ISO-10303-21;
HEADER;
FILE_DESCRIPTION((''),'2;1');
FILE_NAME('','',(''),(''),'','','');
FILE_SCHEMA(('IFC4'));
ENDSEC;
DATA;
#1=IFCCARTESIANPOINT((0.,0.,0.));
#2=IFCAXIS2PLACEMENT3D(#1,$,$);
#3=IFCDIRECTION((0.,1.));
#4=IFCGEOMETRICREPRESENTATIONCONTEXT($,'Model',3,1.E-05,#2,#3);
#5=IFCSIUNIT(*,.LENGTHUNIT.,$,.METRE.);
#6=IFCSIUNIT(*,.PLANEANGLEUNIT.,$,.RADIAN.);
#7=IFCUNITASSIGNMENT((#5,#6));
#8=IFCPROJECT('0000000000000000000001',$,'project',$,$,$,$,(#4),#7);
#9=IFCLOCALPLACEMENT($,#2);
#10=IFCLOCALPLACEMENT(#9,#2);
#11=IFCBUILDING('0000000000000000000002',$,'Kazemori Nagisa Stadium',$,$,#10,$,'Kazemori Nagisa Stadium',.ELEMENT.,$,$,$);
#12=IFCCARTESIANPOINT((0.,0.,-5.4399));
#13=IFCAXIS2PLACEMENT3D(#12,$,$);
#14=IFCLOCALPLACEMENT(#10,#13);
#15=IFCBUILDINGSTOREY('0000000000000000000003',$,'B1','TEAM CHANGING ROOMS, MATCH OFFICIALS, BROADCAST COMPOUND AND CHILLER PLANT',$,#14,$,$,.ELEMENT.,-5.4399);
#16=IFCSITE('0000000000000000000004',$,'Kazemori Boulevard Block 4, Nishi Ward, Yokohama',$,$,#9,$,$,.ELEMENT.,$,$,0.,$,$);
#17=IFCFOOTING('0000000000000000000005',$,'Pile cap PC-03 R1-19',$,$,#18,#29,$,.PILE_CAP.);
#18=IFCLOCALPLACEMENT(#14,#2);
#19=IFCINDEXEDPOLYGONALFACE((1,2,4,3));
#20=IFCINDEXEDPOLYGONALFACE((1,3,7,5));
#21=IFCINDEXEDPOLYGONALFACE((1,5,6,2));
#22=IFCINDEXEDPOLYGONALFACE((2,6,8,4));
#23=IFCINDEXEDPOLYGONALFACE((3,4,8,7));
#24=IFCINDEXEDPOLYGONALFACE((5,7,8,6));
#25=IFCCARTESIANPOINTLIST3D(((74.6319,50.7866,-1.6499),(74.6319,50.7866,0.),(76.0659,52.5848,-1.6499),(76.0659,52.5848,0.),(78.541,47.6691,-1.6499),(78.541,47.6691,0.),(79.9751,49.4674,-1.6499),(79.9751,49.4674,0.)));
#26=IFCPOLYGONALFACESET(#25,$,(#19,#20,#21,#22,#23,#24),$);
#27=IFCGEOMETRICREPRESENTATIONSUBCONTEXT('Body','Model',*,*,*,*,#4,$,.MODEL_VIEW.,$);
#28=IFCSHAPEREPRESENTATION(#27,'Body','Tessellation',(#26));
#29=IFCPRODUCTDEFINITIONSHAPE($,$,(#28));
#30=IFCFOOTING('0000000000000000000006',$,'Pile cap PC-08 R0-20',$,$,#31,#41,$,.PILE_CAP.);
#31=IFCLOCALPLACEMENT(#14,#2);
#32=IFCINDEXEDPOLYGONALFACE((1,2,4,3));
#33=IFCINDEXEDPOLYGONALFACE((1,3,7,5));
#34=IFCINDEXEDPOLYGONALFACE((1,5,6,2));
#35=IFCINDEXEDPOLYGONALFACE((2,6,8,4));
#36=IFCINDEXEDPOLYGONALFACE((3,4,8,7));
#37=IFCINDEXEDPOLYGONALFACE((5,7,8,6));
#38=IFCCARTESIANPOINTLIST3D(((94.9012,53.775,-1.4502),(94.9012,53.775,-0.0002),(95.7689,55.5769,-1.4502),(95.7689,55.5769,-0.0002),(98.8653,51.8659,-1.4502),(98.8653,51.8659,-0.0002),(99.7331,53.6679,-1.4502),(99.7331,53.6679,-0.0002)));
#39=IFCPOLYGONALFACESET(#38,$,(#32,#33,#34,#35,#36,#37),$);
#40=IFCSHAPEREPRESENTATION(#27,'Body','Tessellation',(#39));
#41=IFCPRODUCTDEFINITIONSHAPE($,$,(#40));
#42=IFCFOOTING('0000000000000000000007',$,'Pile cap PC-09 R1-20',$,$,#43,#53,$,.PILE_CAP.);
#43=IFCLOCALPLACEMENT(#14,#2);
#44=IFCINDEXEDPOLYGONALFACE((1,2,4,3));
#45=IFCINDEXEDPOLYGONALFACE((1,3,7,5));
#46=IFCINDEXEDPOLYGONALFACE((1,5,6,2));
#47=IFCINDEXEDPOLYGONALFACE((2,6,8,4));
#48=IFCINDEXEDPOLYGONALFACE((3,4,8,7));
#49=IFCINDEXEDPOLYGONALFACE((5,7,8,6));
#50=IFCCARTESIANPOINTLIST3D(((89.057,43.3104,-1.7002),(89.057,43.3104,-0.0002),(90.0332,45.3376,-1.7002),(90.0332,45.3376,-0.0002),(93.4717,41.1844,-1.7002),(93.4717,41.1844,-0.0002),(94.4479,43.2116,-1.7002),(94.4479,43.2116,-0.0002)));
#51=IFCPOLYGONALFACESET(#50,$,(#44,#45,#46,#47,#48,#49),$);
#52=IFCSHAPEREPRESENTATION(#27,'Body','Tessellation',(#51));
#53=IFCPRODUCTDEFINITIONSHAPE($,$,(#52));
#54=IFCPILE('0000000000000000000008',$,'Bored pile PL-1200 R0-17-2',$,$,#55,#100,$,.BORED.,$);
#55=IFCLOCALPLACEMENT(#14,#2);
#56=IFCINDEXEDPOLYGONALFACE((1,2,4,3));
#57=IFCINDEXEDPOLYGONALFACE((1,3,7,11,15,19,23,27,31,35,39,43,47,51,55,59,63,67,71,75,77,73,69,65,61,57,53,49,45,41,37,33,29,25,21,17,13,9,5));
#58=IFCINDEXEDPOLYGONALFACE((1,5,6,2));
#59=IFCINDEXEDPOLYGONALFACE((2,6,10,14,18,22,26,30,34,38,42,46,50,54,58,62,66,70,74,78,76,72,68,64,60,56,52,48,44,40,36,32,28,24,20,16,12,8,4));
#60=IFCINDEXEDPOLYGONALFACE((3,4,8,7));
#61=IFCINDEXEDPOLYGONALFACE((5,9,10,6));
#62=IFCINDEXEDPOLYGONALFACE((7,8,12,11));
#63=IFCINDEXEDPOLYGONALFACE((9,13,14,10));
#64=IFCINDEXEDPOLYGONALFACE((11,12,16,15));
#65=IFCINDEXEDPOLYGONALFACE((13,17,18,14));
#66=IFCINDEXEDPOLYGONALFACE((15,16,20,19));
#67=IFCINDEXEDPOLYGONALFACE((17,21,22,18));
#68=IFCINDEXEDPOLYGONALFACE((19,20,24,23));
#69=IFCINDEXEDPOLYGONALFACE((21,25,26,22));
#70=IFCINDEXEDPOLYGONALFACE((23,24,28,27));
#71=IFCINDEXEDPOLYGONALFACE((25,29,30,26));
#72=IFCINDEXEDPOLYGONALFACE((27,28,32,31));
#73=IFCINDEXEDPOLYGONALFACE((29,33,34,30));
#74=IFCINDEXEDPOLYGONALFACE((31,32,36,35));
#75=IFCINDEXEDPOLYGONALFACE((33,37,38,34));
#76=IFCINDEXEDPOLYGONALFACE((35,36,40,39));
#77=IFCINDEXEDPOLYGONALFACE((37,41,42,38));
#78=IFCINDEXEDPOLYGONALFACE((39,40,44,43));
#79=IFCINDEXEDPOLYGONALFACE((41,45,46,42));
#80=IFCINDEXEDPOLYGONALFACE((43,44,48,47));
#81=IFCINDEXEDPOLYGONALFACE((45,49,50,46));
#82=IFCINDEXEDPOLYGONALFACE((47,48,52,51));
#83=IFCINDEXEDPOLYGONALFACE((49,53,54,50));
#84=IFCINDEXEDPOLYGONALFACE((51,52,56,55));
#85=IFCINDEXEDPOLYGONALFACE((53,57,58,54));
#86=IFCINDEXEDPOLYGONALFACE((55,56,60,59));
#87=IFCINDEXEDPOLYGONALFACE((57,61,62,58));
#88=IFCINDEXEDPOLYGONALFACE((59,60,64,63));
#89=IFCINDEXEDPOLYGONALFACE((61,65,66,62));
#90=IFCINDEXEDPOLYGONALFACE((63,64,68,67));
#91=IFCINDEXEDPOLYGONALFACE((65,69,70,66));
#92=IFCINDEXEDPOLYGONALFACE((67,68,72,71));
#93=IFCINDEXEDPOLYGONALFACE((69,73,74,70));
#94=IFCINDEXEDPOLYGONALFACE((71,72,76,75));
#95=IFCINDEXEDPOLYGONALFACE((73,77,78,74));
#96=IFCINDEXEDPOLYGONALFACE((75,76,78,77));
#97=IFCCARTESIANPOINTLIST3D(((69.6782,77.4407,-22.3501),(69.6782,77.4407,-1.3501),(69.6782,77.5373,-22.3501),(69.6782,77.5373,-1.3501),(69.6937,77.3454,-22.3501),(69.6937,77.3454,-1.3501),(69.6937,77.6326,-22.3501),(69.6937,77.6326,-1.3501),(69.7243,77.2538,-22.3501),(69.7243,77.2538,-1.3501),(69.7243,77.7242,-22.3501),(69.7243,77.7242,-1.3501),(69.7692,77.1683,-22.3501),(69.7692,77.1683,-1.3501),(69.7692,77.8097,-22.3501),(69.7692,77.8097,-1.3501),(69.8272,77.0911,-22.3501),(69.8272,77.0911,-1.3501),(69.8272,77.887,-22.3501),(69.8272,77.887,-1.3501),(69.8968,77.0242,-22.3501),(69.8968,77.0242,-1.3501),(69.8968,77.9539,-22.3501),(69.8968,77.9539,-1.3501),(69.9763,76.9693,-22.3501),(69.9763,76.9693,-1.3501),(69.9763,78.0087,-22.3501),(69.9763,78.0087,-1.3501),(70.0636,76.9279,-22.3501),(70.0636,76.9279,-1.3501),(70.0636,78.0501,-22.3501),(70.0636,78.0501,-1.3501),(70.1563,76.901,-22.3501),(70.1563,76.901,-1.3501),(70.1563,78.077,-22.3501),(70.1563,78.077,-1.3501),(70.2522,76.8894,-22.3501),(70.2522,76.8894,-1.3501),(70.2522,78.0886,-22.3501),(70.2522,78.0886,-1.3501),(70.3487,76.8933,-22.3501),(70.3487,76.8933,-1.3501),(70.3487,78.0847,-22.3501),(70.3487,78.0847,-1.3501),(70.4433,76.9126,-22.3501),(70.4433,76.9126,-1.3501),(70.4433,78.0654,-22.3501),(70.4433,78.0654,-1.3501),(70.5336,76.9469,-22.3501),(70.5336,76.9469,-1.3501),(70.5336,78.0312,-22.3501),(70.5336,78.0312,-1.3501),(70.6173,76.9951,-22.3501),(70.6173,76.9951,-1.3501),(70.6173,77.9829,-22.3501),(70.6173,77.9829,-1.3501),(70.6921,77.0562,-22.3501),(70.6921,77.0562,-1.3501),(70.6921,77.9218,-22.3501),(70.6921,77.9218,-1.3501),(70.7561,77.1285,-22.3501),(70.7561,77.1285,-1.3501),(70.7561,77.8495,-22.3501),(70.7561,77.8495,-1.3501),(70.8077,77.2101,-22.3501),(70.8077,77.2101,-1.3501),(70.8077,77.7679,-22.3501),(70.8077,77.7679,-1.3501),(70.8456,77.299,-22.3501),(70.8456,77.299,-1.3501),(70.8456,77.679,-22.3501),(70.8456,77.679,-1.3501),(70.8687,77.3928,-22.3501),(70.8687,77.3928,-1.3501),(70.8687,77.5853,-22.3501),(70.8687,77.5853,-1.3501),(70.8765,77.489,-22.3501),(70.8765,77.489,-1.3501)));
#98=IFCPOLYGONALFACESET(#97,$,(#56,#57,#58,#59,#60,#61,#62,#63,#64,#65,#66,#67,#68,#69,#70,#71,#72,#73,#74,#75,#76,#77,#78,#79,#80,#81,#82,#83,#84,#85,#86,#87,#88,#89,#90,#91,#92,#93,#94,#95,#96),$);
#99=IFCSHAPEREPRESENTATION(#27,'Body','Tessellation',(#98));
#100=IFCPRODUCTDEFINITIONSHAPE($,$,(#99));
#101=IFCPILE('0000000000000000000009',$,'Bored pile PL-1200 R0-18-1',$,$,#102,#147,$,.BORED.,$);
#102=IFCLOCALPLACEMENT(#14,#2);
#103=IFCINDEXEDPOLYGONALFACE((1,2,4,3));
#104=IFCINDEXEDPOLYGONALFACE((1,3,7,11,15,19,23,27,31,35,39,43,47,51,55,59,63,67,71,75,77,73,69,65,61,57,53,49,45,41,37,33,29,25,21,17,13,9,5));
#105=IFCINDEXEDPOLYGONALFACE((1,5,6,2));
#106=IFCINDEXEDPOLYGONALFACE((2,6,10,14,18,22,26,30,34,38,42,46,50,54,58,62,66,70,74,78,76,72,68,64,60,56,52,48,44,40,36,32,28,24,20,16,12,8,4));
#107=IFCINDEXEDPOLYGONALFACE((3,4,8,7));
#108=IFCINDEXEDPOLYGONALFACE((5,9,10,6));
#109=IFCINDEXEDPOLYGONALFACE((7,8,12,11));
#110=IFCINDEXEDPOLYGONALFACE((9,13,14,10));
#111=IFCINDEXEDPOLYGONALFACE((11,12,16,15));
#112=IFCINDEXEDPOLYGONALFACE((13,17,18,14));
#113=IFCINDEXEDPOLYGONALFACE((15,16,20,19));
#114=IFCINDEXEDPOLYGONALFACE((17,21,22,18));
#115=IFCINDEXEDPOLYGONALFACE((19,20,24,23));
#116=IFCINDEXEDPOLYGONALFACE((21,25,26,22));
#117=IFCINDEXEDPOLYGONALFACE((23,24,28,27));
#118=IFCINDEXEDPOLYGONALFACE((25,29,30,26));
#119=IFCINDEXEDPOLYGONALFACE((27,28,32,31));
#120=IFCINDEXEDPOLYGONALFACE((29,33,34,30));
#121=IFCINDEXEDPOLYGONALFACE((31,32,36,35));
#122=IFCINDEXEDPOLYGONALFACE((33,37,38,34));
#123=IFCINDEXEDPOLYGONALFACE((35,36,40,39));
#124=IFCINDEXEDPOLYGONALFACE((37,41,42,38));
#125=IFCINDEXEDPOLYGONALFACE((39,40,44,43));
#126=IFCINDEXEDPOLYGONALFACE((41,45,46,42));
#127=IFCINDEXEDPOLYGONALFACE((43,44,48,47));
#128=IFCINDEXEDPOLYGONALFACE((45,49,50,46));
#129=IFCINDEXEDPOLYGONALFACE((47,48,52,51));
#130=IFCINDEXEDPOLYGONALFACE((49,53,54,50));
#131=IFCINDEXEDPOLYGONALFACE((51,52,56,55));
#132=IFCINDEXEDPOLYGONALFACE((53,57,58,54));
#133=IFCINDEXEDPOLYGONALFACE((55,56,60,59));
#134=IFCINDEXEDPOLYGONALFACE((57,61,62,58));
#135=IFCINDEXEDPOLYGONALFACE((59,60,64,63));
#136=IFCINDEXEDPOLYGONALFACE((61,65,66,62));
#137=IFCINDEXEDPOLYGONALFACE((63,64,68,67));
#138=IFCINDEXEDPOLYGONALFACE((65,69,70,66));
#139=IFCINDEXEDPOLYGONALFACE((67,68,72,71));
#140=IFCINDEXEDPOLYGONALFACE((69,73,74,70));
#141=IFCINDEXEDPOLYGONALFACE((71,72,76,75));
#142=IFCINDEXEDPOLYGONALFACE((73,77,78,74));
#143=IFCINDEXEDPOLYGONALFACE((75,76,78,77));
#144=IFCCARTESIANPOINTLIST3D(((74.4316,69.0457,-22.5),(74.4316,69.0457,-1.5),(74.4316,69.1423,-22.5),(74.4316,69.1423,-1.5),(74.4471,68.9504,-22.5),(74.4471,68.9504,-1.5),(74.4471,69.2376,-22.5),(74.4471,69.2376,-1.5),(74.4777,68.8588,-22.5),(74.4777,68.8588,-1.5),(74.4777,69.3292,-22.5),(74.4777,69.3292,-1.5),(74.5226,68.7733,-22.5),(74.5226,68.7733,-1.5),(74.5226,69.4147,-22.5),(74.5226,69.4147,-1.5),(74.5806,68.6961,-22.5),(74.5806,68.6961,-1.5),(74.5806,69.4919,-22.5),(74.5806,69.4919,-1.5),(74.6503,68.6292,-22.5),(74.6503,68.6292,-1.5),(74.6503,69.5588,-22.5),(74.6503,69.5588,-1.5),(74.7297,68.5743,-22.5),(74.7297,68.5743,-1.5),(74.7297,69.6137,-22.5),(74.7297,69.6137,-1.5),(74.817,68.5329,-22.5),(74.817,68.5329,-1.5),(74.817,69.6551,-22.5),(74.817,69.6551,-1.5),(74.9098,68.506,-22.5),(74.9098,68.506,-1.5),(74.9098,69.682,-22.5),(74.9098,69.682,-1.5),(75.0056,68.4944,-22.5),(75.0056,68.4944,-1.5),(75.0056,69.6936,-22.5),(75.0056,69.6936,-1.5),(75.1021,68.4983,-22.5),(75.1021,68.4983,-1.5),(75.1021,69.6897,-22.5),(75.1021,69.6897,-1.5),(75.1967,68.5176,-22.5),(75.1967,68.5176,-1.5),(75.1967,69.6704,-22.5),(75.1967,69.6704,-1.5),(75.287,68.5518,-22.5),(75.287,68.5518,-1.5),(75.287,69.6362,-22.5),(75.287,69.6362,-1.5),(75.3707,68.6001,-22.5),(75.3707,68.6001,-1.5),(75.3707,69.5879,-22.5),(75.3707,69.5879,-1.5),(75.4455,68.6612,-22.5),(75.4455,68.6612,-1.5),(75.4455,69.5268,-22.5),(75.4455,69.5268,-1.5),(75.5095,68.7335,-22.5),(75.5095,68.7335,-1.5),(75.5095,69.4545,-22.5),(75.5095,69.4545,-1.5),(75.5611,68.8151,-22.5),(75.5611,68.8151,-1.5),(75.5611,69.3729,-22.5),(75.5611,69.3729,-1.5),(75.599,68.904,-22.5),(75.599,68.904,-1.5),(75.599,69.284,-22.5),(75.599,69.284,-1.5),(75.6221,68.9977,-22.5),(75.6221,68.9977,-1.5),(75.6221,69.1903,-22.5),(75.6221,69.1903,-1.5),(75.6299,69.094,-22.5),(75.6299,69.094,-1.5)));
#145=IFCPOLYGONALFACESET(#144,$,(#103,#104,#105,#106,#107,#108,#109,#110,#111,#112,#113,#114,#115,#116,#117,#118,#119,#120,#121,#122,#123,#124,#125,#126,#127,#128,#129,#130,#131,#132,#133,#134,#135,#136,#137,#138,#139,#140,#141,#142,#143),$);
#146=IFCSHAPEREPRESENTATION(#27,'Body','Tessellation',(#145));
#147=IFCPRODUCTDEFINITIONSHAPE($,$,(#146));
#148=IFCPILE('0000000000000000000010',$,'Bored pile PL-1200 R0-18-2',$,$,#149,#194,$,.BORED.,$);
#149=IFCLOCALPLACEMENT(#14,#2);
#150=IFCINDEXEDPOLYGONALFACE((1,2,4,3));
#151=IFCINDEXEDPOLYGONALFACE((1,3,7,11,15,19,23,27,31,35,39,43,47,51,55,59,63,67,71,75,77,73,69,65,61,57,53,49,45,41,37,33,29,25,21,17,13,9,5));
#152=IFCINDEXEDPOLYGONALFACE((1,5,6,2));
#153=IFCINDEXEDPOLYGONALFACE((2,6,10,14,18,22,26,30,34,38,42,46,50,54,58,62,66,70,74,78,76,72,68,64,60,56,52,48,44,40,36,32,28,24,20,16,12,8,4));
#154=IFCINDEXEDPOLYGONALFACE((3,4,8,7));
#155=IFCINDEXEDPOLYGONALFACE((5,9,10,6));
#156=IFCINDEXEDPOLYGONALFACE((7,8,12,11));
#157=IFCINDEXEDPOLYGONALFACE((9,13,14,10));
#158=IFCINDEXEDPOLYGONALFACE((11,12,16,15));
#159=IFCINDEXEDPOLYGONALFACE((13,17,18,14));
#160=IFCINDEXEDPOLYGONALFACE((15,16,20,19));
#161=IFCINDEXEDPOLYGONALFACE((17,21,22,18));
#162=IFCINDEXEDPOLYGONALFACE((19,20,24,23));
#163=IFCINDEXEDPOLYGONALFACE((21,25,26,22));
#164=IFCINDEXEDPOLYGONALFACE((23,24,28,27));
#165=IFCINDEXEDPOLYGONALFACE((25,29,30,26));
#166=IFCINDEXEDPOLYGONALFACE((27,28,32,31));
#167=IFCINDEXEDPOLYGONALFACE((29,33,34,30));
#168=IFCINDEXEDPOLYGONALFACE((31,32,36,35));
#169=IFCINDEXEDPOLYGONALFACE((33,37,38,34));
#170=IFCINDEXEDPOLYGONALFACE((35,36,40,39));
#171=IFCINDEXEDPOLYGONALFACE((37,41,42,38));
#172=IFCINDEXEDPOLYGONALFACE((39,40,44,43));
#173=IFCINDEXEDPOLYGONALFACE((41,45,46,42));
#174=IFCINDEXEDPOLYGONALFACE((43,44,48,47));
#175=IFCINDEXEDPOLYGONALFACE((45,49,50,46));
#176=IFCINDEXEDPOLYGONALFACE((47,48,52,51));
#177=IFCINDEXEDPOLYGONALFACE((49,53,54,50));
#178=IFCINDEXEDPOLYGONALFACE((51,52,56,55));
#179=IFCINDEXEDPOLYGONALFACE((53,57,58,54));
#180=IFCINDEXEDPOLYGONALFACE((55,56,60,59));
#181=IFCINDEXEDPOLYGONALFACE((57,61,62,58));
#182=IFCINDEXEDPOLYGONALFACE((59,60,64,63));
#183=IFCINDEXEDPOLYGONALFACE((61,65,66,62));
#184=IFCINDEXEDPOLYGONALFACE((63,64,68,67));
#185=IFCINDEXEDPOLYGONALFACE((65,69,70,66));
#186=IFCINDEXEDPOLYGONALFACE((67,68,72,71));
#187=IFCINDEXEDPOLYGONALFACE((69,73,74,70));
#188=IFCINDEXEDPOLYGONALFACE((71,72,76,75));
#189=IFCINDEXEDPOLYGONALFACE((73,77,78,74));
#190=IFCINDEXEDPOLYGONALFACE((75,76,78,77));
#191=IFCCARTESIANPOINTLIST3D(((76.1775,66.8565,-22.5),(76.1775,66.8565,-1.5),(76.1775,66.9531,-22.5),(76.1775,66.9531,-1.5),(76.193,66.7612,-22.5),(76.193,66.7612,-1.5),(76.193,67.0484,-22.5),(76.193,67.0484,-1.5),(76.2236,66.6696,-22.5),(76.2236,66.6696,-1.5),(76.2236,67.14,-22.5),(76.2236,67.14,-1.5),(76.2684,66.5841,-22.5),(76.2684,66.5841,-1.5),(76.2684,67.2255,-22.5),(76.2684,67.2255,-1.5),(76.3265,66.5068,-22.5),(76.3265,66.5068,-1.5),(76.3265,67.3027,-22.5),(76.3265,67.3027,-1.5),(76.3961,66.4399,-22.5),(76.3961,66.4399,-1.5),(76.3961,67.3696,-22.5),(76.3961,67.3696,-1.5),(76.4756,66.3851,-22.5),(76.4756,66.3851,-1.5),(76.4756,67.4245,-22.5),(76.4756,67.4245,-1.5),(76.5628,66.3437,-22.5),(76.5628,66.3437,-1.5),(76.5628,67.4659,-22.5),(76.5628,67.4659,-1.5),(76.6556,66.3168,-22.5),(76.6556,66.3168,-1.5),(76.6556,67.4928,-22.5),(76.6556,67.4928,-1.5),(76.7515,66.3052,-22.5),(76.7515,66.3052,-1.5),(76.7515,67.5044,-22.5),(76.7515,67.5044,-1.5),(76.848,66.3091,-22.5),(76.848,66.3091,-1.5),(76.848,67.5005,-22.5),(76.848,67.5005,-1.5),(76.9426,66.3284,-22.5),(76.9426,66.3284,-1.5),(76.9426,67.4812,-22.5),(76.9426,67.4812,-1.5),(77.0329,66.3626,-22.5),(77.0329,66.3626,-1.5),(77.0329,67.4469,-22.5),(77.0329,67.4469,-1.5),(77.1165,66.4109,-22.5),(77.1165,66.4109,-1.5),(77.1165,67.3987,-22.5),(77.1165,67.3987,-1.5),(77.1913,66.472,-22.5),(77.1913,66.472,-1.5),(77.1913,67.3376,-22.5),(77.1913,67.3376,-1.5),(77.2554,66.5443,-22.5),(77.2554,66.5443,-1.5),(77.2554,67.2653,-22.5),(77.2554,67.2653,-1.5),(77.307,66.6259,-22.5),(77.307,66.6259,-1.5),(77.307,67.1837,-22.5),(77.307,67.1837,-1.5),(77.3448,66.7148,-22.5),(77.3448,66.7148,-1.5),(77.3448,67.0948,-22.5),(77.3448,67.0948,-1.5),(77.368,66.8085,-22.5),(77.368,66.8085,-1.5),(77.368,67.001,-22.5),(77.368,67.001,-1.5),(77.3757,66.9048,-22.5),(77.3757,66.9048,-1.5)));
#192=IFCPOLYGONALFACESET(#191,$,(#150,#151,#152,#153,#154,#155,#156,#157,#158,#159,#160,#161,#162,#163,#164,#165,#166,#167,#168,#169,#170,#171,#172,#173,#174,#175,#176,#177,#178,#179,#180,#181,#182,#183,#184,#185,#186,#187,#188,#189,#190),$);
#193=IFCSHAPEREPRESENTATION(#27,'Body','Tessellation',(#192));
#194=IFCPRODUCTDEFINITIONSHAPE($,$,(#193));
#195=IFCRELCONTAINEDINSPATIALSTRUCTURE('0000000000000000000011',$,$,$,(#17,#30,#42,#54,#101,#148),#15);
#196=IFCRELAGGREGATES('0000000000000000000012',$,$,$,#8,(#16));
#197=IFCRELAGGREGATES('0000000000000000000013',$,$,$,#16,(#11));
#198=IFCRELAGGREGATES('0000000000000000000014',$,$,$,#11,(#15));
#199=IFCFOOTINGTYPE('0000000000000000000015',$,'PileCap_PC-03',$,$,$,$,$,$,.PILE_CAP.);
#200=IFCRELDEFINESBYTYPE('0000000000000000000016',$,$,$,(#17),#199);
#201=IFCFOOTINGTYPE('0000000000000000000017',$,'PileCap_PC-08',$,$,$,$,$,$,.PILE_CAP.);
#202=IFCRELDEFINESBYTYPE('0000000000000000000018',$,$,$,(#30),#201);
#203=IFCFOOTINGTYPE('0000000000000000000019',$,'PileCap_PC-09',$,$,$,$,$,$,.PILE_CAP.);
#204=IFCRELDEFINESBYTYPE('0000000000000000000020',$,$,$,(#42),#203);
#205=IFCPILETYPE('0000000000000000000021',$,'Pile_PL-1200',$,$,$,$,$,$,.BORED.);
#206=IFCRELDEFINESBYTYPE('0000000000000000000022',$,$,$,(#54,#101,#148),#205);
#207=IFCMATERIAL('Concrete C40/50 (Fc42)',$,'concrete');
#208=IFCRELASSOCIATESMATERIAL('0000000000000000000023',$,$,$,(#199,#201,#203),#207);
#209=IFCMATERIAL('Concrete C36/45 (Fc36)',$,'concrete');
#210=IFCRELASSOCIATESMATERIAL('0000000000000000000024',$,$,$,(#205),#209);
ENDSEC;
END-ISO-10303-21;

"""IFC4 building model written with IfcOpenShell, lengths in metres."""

from ifc_helpers import new_model, si_unit, direction, frame, origin, origin_2d, place, context, subcontext, project, spatial, rectangle, circle, extrude, material, material_profile, profile_set, type_object, element, save


model = new_model("IFC4")

# Units and contexts
model_context = context("Model", 3, precision=1e-05, world=origin(), true_north=direction((0.0, 1.0)))
body_context = subcontext(model_context, "Body", "Model", "MODEL_VIEW")
ifc_project = project(units=[si_unit("LENGTHUNIT", "METRE"), si_unit("PLANEANGLEUNIT", "RADIAN")], contexts=[model_context])

# Site, building, storey
site_placement = place(None, origin())
site = spatial("IfcSite", under=ifc_project, at=site_placement, Name="Kazemori Boulevard Block 4, Nishi Ward, Yokohama", CompositionType="ELEMENT", RefElevation=0.0)
building_placement = place(site_placement, origin())
building = spatial("IfcBuilding", under=site, at=building_placement, Name="Kazemori Nagisa Stadium", LongName="Kazemori Nagisa Stadium", CompositionType="ELEMENT")
storey_placement = place(building_placement, frame((0.0, 0.0, -5.4399)))
storey = spatial("IfcBuildingStorey", under=building, at=storey_placement, Name="B1", Description="TEAM CHANGING ROOMS, MATCH OFFICIALS, BROADCAST COMPOUND AND CHILLER PLANT", CompositionType="ELEMENT", Elevation=-5.4399)

# Footings
ifc_material_1 = material(Name="Concrete C40/50 (Fc42)", Category="concrete")
footing_type_1 = type_object("IfcFootingType", Name="PileCap_PC-03", PredefinedType="PILE_CAP", material=ifc_material_1)
footing_1_placement = place(storey_placement, frame((77.3035, 50.127, -1.6499), z_axis=(0.0, 0.0, 1.0), x_axis=(0.781831, -0.62349, 0.0)))
element("IfcFooting", 1, at=footing_1_placement, inside=storey, type_object=footing_type_1, Name="Pile cap PC-03 R1-19", PredefinedType="PILE_CAP", context=body_context, shape_type="SweptSolid", body=[
    extrude(rectangle(XDim=5.0, YDim=2.3, at=origin_2d()), origin(), (0.0, 0.0, 1.0), 1.6499),
])
footing_type_2 = type_object("IfcFootingType", Name="PileCap_PC-08", PredefinedType="PILE_CAP", material=ifc_material_1)
footing_2_placement = place(storey_placement, frame((97.3171, 53.7214, -1.4502), z_axis=(0.0, 0.0, 1.0), x_axis=(0.900969, -0.433884, 0.0)))
element("IfcFooting", 2, at=footing_2_placement, inside=storey, type_object=footing_type_2, Name="Pile cap PC-08 R0-20", PredefinedType="PILE_CAP", context=body_context, shape_type="SweptSolid", body=[
    extrude(rectangle(XDim=4.3999, YDim=2.0, at=origin_2d()), origin(), (0.0, 0.0, 1.0), 1.45),
])
footing_type_3 = type_object("IfcFootingType", Name="PileCap_PC-09", PredefinedType="PILE_CAP", material=ifc_material_1)
footing_3_placement = place(storey_placement, frame((91.7524, 43.261, -1.7002), z_axis=(0.0, 0.0, 1.0), x_axis=(0.900969, -0.433884, 0.0)))
element("IfcFooting", 3, at=footing_3_placement, inside=storey, type_object=footing_type_3, Name="Pile cap PC-09 R1-20", PredefinedType="PILE_CAP", context=body_context, shape_type="SweptSolid", body=[
    extrude(rectangle(XDim=4.8999, YDim=2.25, at=origin_2d()), origin(), (0.0, 0.0, 1.0), 1.7),
])

# Piles
ifc_material_2 = material(Name="Concrete C36/45 (Fc36)", Category="concrete")
ifc_material_profile_1 = material_profile(ifc_material_2, circle(Radius=0.6001, at=origin_2d()), Name="PILE-D1200")
ifc_profile_set_1 = profile_set([ifc_material_profile_1], Name="Concrete C36/45 (Fc36)")
pile_type = type_object("IfcPileType", Name="Pile_PL-1200", PredefinedType="BORED", material=ifc_profile_set_1)
for number, where, z_axis, x_axis, name in (
    (4, (70.2764, 77.489, -1.3501), (0.0, 0.0, -1.0), (1.0, 0.0, 0.0), "Bored pile PL-1200 R0-17-2"),
    (5, (75.0298, 69.094, -1.5), (0.0, 0.0, -1.0), (1.0, 0.0, 0.0), "Bored pile PL-1200 R0-18-1"),
    (6, (76.7756, 66.9048, -1.5), (0.0, 0.0, -1.0), (1.0, 0.0, 0.0), "Bored pile PL-1200 R0-18-2"),
):
    element("IfcPile", number, at=place(storey_placement, frame(where, z_axis=z_axis, x_axis=x_axis)), inside=storey, type_object=pile_type, Name=name, PredefinedType="BORED", context=body_context, shape_type="SweptSolid", body=[
        extrude(circle(Radius=0.6001, at=origin_2d()), origin(), (0.0, 0.0, 1.0), 21.0),
    ])

save(model, "model.ifc")
